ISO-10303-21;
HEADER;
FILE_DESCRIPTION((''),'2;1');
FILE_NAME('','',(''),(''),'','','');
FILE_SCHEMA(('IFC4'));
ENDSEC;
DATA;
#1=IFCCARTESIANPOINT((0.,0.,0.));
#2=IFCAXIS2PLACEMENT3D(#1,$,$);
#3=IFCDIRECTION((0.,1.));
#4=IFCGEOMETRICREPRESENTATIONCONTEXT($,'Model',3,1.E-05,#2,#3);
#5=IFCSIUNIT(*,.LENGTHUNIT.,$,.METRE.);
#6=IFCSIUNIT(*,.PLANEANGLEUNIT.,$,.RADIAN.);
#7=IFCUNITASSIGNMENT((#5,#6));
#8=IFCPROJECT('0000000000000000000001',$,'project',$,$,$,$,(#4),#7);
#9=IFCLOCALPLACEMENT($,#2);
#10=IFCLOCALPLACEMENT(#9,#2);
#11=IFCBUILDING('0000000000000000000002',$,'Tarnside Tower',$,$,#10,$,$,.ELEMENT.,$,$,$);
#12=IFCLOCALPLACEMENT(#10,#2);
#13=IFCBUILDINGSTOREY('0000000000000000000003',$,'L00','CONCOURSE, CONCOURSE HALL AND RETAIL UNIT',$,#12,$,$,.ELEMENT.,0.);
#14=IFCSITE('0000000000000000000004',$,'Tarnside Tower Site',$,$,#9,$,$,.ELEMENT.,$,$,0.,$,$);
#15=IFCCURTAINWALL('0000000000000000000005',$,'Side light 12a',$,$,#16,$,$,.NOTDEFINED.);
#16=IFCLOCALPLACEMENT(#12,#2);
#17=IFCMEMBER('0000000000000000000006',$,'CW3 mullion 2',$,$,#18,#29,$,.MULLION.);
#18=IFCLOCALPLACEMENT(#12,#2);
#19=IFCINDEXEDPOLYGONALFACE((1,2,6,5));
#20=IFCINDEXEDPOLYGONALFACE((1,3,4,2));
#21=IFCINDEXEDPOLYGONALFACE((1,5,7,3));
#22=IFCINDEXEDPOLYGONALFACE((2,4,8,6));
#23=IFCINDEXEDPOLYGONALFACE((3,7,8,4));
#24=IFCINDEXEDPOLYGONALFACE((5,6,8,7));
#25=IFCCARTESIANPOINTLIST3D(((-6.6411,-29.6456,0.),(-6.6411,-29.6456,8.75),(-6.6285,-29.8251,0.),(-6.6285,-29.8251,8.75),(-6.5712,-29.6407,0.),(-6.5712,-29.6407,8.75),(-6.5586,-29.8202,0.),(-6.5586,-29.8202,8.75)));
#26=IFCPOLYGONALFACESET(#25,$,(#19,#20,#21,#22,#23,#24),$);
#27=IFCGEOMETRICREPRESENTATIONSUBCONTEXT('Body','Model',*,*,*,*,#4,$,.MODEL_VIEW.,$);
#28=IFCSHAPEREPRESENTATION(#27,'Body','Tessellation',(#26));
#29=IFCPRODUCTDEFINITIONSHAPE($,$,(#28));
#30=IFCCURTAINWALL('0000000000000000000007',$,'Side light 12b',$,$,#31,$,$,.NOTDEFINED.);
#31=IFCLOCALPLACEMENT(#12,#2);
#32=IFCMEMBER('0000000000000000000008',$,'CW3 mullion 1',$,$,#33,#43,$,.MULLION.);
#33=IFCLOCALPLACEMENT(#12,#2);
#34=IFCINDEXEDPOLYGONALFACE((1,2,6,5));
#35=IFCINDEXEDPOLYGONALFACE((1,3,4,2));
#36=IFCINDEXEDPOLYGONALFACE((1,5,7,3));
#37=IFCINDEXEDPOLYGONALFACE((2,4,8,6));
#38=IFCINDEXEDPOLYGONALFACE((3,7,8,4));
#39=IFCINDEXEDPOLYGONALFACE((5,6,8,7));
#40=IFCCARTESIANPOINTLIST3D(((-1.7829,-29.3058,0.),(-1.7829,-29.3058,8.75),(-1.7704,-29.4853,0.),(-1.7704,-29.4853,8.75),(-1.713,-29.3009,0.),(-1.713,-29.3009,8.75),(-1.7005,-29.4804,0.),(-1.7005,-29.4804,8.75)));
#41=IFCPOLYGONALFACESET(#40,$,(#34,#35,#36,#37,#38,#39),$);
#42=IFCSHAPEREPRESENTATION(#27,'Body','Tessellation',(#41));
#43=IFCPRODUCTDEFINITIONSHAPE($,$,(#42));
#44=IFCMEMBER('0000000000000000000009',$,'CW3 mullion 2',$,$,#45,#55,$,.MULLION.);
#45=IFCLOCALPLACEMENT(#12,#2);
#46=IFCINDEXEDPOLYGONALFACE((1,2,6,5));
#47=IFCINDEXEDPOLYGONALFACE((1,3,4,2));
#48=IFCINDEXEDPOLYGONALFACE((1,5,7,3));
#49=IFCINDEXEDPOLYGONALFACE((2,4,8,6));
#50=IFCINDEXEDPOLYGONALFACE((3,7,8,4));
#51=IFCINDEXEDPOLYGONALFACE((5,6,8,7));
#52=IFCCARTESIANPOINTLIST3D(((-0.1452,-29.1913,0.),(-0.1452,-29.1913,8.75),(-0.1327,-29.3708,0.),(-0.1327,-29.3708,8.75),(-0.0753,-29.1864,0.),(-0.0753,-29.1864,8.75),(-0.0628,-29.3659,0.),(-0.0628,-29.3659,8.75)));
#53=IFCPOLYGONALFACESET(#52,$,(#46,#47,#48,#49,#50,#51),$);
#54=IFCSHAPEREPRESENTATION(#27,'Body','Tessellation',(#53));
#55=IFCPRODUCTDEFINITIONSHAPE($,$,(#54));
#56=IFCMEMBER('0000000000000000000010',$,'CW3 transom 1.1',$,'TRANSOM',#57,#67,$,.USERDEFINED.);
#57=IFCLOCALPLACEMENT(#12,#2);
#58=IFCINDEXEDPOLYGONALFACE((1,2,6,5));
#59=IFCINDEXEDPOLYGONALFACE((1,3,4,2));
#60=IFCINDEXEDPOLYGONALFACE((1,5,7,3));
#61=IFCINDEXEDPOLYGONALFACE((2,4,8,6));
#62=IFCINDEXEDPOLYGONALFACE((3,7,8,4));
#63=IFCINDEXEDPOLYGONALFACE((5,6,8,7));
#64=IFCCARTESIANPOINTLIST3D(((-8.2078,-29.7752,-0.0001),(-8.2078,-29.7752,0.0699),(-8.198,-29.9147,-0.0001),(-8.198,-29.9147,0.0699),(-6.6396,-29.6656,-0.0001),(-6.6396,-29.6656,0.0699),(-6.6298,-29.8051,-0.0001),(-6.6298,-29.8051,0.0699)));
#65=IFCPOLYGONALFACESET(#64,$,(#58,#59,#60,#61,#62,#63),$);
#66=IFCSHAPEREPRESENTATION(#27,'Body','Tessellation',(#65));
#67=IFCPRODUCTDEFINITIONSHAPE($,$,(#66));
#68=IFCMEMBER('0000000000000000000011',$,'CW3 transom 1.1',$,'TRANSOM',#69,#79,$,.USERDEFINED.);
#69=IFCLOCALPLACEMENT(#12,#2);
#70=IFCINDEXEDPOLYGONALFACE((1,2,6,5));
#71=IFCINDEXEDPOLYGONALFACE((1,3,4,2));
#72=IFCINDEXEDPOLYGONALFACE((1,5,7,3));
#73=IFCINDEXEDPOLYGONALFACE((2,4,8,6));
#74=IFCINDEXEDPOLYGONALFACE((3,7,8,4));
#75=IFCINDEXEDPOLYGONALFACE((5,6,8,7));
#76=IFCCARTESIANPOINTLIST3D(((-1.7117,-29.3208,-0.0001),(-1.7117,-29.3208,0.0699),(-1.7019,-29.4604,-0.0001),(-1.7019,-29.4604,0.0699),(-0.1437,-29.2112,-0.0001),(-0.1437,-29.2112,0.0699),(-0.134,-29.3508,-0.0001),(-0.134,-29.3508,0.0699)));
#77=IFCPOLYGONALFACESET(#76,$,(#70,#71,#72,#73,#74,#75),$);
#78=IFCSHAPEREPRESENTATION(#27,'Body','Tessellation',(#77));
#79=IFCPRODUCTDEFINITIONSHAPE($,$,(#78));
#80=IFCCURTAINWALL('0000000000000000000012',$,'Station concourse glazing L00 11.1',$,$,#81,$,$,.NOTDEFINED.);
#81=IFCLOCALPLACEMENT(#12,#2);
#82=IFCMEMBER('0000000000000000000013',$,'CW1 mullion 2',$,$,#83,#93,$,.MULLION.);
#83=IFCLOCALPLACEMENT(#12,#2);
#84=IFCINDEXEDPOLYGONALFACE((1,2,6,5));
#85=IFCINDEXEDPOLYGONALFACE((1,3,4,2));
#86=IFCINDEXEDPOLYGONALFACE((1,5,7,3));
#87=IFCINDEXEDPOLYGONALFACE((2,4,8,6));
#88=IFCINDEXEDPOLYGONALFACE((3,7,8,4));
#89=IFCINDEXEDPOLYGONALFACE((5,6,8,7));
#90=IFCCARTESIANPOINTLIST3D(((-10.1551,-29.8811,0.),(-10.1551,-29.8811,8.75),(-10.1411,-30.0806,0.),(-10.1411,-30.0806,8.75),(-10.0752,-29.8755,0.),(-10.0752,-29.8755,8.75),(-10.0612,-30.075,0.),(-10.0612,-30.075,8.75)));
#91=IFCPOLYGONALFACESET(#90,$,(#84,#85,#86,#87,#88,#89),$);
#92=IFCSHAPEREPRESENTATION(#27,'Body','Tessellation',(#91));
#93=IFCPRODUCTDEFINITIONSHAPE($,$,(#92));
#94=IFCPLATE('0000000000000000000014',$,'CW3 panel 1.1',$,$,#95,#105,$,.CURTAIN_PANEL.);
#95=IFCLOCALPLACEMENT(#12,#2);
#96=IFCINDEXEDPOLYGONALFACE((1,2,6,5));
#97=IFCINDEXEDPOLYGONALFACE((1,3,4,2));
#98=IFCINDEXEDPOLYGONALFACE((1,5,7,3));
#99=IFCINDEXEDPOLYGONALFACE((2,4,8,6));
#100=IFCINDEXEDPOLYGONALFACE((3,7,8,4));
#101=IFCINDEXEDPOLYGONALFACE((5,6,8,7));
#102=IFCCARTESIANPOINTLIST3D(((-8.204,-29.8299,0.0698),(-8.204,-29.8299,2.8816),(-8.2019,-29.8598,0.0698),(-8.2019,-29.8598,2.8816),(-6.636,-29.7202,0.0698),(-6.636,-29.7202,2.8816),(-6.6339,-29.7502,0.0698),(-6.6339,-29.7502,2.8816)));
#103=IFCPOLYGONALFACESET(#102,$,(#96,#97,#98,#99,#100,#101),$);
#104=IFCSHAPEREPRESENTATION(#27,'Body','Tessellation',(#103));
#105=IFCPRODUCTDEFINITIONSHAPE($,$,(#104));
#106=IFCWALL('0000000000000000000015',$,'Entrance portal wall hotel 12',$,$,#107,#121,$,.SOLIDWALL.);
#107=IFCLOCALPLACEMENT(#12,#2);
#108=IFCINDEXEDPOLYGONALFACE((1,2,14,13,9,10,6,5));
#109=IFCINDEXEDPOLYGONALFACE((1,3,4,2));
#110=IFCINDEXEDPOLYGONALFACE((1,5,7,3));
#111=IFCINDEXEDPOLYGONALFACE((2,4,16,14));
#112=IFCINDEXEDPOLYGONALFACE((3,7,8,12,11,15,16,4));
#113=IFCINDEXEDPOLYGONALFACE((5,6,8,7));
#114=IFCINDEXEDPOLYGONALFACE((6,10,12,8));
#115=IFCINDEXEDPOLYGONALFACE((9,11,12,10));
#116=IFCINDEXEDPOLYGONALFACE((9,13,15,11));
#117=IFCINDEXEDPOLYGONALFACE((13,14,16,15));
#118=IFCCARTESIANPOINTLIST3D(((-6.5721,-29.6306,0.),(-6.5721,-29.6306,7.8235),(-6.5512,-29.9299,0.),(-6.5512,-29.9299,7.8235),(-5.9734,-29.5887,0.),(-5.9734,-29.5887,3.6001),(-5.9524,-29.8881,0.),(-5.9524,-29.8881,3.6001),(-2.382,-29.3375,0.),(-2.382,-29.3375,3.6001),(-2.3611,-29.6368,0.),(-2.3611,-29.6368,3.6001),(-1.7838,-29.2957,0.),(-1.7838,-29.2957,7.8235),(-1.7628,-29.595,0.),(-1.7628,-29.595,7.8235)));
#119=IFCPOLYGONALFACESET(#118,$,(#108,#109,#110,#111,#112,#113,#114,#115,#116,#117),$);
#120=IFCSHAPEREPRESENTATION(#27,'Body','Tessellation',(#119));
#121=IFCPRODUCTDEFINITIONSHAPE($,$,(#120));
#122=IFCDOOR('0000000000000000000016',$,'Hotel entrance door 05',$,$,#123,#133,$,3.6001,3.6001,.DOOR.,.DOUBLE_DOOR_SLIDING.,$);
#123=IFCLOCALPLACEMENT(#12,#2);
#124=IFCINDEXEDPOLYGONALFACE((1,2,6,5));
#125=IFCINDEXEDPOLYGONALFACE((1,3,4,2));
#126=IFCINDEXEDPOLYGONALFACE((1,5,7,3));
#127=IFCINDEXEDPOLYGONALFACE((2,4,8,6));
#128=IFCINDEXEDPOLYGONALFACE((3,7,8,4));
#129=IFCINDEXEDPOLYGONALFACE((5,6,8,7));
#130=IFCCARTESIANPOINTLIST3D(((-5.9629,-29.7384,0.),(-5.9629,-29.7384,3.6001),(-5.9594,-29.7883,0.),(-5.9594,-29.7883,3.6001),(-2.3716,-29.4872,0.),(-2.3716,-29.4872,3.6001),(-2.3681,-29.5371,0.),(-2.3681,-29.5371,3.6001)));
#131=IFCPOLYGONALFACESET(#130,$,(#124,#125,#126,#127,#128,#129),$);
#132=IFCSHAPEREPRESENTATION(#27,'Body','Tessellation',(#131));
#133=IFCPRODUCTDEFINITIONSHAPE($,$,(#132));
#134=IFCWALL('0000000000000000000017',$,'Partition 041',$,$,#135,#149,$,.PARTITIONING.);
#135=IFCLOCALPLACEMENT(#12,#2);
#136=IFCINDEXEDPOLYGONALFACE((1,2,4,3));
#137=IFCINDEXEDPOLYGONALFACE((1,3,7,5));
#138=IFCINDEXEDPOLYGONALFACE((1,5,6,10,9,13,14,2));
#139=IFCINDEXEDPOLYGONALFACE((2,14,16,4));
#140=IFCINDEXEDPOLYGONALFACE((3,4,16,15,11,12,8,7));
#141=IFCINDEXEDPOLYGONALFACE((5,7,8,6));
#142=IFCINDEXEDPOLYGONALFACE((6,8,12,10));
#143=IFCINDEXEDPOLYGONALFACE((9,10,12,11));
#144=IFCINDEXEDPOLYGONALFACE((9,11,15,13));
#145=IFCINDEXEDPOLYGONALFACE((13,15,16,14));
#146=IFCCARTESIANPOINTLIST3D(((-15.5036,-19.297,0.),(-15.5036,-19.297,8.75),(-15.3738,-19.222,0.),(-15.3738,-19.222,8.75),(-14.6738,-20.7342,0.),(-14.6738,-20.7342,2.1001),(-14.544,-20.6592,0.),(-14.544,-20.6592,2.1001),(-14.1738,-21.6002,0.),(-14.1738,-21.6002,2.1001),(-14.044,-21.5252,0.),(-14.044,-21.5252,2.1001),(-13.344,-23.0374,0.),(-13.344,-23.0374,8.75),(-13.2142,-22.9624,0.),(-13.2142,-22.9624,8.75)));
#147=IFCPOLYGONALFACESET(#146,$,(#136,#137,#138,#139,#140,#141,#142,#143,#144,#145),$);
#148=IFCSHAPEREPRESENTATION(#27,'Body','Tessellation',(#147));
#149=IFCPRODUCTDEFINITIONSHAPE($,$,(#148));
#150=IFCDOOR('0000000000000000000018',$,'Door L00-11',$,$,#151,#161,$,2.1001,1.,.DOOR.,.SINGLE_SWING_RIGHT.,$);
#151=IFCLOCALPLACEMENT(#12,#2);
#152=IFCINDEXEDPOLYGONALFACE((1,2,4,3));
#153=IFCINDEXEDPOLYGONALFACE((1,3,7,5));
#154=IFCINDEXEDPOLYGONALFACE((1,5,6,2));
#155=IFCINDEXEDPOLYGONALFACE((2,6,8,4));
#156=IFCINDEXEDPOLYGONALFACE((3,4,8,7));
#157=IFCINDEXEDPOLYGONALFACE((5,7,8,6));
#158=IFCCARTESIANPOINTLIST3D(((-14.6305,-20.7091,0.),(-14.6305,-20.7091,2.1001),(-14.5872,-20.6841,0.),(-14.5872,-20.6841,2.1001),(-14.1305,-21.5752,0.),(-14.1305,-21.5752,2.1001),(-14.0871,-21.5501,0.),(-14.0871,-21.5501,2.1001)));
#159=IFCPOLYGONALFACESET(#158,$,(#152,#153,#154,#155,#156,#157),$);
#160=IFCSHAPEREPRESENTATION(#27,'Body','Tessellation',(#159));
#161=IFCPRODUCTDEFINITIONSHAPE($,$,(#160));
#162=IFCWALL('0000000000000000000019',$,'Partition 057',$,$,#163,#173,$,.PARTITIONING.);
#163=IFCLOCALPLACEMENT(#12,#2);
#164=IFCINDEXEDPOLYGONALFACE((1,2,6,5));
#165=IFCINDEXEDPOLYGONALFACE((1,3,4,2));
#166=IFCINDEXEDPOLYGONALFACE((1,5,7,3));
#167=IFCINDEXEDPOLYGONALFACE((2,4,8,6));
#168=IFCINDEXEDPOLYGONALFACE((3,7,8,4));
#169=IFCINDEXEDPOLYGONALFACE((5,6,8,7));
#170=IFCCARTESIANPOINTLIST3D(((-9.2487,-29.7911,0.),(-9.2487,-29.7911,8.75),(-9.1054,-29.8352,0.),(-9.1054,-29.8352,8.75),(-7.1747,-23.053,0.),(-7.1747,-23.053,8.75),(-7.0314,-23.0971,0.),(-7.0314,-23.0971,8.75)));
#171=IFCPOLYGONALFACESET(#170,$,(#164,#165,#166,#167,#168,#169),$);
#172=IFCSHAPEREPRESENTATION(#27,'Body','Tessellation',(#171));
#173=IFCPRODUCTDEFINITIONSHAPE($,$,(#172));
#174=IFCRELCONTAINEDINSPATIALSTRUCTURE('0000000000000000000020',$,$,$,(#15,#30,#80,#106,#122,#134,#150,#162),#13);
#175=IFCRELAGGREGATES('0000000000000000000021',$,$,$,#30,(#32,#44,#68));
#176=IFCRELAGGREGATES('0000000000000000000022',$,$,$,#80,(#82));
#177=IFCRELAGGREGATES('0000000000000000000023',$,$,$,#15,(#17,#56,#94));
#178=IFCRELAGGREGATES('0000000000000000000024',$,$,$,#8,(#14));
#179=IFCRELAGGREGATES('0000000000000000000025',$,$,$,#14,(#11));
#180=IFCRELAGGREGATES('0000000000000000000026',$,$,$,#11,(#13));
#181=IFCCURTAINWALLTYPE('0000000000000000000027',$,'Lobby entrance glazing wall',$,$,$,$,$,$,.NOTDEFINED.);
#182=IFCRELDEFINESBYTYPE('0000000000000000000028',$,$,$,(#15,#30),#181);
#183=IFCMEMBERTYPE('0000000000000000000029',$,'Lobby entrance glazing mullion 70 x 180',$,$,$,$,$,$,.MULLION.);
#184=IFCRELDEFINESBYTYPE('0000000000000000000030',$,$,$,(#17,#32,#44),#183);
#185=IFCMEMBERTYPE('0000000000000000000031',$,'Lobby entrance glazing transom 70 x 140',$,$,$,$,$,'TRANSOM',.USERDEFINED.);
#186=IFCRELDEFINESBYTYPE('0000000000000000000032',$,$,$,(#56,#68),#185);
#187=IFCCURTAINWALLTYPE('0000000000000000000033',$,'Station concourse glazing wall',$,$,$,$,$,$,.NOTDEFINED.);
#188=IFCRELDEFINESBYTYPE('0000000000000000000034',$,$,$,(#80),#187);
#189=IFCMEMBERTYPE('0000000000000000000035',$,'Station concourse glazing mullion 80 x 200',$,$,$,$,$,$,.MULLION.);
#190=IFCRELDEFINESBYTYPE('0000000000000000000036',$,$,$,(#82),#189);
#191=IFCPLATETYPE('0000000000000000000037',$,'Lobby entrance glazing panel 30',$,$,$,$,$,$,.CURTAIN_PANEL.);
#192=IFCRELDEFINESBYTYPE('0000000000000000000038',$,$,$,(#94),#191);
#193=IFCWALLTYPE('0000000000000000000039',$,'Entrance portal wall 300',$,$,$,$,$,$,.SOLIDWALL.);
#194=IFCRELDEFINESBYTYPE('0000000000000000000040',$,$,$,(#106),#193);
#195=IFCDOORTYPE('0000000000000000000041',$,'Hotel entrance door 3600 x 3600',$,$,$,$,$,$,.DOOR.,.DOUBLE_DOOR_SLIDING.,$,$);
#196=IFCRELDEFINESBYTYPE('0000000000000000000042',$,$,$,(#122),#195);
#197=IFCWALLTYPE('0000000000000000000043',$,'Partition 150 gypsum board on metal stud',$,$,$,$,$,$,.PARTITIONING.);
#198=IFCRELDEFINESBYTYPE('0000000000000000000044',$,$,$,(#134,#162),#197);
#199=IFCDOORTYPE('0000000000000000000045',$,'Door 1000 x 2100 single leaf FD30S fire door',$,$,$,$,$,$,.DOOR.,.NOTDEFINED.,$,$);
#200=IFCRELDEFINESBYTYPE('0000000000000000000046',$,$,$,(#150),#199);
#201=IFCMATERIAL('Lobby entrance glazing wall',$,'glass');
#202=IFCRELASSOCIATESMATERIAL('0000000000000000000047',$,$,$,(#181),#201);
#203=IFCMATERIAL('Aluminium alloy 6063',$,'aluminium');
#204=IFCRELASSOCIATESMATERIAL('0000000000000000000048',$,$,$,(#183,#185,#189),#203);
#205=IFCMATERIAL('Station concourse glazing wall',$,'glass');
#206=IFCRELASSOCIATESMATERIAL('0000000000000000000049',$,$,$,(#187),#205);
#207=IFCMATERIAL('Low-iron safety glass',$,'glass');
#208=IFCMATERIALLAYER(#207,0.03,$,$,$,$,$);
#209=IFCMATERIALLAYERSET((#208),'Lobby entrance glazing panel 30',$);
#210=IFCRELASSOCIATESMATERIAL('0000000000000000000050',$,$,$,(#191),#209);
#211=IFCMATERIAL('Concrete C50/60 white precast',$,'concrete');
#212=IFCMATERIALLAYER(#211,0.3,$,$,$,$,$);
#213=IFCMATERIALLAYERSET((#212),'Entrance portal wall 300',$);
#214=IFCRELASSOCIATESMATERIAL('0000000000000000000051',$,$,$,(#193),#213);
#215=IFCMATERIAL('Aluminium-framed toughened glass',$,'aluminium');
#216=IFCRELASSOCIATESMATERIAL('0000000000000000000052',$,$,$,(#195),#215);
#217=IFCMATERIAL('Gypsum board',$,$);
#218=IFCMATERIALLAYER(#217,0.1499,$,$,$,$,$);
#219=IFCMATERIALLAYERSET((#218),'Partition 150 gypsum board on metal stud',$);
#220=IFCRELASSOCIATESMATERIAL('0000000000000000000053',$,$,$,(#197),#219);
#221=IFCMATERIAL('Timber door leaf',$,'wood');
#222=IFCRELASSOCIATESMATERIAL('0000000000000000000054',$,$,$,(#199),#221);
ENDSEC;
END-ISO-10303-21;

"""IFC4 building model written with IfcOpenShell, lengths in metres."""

from ifc_helpers import new_model, si_unit, direction, frame, frame_2d, origin, origin_2d, place, context, subcontext, project, spatial, rectangle, extrude, material, layer, layer_set, material_profile, profile_set, type_object, element, fill, aggregate, save


model = new_model("IFC4")

# Units and contexts
model_context = context("Model", 3, precision=1e-05, world=origin(), true_north=direction((0.0, 1.0)))
body_context = subcontext(model_context, "Body", "Model", "MODEL_VIEW")
ifc_project = project(units=[si_unit("LENGTHUNIT", "METRE"), si_unit("PLANEANGLEUNIT", "RADIAN")], contexts=[model_context])

# Site, building, storey
site_placement = place(None, origin())
site = spatial("IfcSite", under=ifc_project, at=site_placement, Name="Tarnside Tower Site", CompositionType="ELEMENT", RefElevation=0.0)
building_placement = place(site_placement, origin())
building = spatial("IfcBuilding", under=site, at=building_placement, Name="Tarnside Tower", CompositionType="ELEMENT")
storey_placement = place(building_placement, origin())
storey = spatial("IfcBuildingStorey", under=building, at=storey_placement, Name="L00", Description="CONCOURSE, CONCOURSE HALL AND RETAIL UNIT", CompositionType="ELEMENT", Elevation=0.0)

# Curtain walls, members
ifc_material_1 = material(Name="Lobby entrance glazing wall", Category="glass")
curtain_wall_type_1 = type_object("IfcCurtainWallType", Name="Lobby entrance glazing wall", PredefinedType="NOTDEFINED", material=ifc_material_1)
curtain_wall_1_placement = place(storey_placement, origin())
curtain_wall_1 = element("IfcCurtainWall", 1, at=curtain_wall_1_placement, inside=storey, type_object=curtain_wall_type_1, Name="Side light 12a", PredefinedType="NOTDEFINED")
ifc_material_2 = material(Name="Aluminium alloy 6063", Category="aluminium")
ifc_material_profile_1 = material_profile(ifc_material_2, rectangle(XDim=0.1799, YDim=0.0701, at=origin_2d()), Name="Lobby entrance glazing mullion 70 x 180")
ifc_profile_set_1 = profile_set([ifc_material_profile_1], Name="Aluminium alloy 6063")
member_type_1 = type_object("IfcMemberType", Name="Lobby entrance glazing mullion 70 x 180", PredefinedType="MULLION", material=ifc_profile_set_1)
member_1_placement = place(storey_placement, frame((-6.5999, -29.7329, 0.0), z_axis=(0.0, 0.0, 1.0), x_axis=(-0.069756, 0.997564, 0.0)))
member_1 = element("IfcMember", 2, at=member_1_placement, type_object=member_type_1, Name="CW3 mullion 2", PredefinedType="MULLION", context=body_context, shape_type="SweptSolid", body=[
    extrude(rectangle(XDim=0.1799, YDim=0.0701, at=origin_2d()), origin(), (0.0, 0.0, 1.0), 8.75),
])
curtain_wall_2_placement = place(storey_placement, origin())
curtain_wall_2 = element("IfcCurtainWall", 3, at=curtain_wall_2_placement, inside=storey, type_object=curtain_wall_type_1, Name="Side light 12b", PredefinedType="NOTDEFINED")
member_2_placement = place(storey_placement, frame((-1.7417, -29.3931, 0.0), z_axis=(0.0, 0.0, 1.0), x_axis=(-0.069756, 0.997564, 0.0)))
member_2 = element("IfcMember", 4, at=member_2_placement, type_object=member_type_1, Name="CW3 mullion 1", PredefinedType="MULLION", context=body_context, shape_type="SweptSolid", body=[
    extrude(rectangle(XDim=0.1799, YDim=0.0701, at=origin_2d()), origin(), (0.0, 0.0, 1.0), 8.75),
])
member_3_placement = place(storey_placement, frame((-0.104, -29.2786, 0.0), z_axis=(0.0, 0.0, 1.0), x_axis=(-0.069756, 0.997564, 0.0)))
member_3 = element("IfcMember", 5, at=member_3_placement, type_object=member_type_1, Name="CW3 mullion 2", PredefinedType="MULLION", context=body_context, shape_type="SweptSolid", body=[
    extrude(rectangle(XDim=0.1799, YDim=0.0701, at=origin_2d()), origin(), (0.0, 0.0, 1.0), 8.75),
])

# Members
ifc_material_profile_2 = material_profile(ifc_material_2, rectangle(XDim=0.1399, YDim=0.0701, at=origin_2d()), Name="Lobby entrance glazing transom 70 x 140")
ifc_profile_set_2 = profile_set([ifc_material_profile_2], Name="Aluminium alloy 6063")
member_type_2 = type_object("IfcMemberType", Name="Lobby entrance glazing transom 70 x 140", ElementType="TRANSOM", PredefinedType="USERDEFINED", material=ifc_profile_set_2)
member_4_placement = place(storey_placement, frame((-8.2029, -29.845, 0.0349), z_axis=(0.997566, 0.069735, 0.0), x_axis=(-0.069735, 0.997566, 0.0)))
member_4 = element("IfcMember", 6, at=member_4_placement, type_object=member_type_2, Name="CW3 transom 1.1", ObjectType="TRANSOM", PredefinedType="USERDEFINED", context=body_context, shape_type="SweptSolid", body=[
    extrude(rectangle(XDim=0.1399, YDim=0.0701, at=origin_2d()), origin(), (0.0, 0.0, 1.0), 1.572),
])
member_5_placement = place(storey_placement, frame((-1.7068, -29.3906, 0.0349), z_axis=(0.997565, 0.069746, 0.0), x_axis=(-0.069746, 0.997565, 0.0)))
member_5 = element("IfcMember", 7, at=member_5_placement, type_object=member_type_2, Name="CW3 transom 1.1", ObjectType="TRANSOM", PredefinedType="USERDEFINED", context=body_context, shape_type="SweptSolid", body=[
    extrude(rectangle(XDim=0.1399, YDim=0.0701, at=origin_2d()), origin(), (0.0, 0.0, 1.0), 1.5718),
])
aggregate(curtain_wall_2, [member_2, member_3, member_5])

# Curtain wall, member
ifc_material_3 = material(Name="Station concourse glazing wall", Category="glass")
curtain_wall_type_2 = type_object("IfcCurtainWallType", Name="Station concourse glazing wall", PredefinedType="NOTDEFINED", material=ifc_material_3)
curtain_wall_3_placement = place(storey_placement, origin())
curtain_wall_3 = element("IfcCurtainWall", 8, at=curtain_wall_3_placement, inside=storey, type_object=curtain_wall_type_2, Name="Station concourse glazing L00 11.1", PredefinedType="NOTDEFINED")
ifc_material_profile_3 = material_profile(ifc_material_2, rectangle(XDim=0.2, YDim=0.0801, at=origin_2d()), Name="Station concourse glazing mullion 80 x 200")
ifc_profile_set_3 = profile_set([ifc_material_profile_3], Name="Aluminium alloy 6063")
member_type_3 = type_object("IfcMemberType", Name="Station concourse glazing mullion 80 x 200", PredefinedType="MULLION", material=ifc_profile_set_3)
member_6_placement = place(storey_placement, frame((-10.1082, -29.978, 0.0), z_axis=(0.0, 0.0, 1.0), x_axis=(-0.069756, 0.997564, 0.0)))
member_6 = element("IfcMember", 9, at=member_6_placement, type_object=member_type_3, Name="CW1 mullion 2", PredefinedType="MULLION", context=body_context, shape_type="SweptSolid", body=[
    extrude(rectangle(XDim=0.2, YDim=0.0801, at=origin_2d()), origin(), (0.0, 0.0, 1.0), 8.75),
])
aggregate(curtain_wall_3, [member_6])

# Plate
ifc_material_4 = material(Name="Low-iron safety glass", Category="glass")
ifc_layer_1 = layer(ifc_material_4, 0.03)
ifc_layer_set_1 = layer_set([ifc_layer_1], Name="Lobby entrance glazing panel 30")
plate_type = type_object("IfcPlateType", Name="Lobby entrance glazing panel 30", PredefinedType="CURTAIN_PANEL", material=ifc_layer_set_1)
plate_placement = place(storey_placement, frame((-7.4189, -29.79, 0.0698), z_axis=(0.0, 0.0, 1.0), x_axis=(0.997564, 0.069756, 0.0)))
plate = element("IfcPlate", 10, at=plate_placement, type_object=plate_type, Name="CW3 panel 1.1", PredefinedType="CURTAIN_PANEL", context=body_context, shape_type="SweptSolid", body=[
    extrude(rectangle(XDim=1.5718, YDim=0.03, at=origin_2d()), origin(), (0.0, 0.0, 1.0), 2.8118),
])
aggregate(curtain_wall_1, [member_1, member_4, plate])

# Walls, openings, doors
ifc_material_5 = material(Name="Concrete C50/60 white precast", Category="concrete")
ifc_layer_2 = layer(ifc_material_5, 0.3)
ifc_layer_set_2 = layer_set([ifc_layer_2], Name="Entrance portal wall 300")
wall_type_1 = type_object("IfcWallType", Name="Entrance portal wall 300", PredefinedType="SOLIDWALL", material=ifc_layer_set_2)
wall_1_placement = place(storey_placement, frame((-6.5615, -29.7803, 0.0), z_axis=(0.0, 0.0, 1.0), x_axis=(0.997562, 0.069783, 0.0)))
wall_1 = element("IfcWall", 11, at=wall_1_placement, inside=storey, type_object=wall_type_1, Name="Entrance portal wall hotel 12", PredefinedType="SOLIDWALL", context=body_context, shape_type="SweptSolid", body=[
    extrude(rectangle(XDim=4.8, YDim=0.3, at=frame_2d((2.3999, 0.0))), origin(), (0.0, 0.0, 1.0), 7.8235),
])
opening_1_placement = place(wall_1_placement, frame((0.6001, 0.0, 0.0)))
opening_1 = element("IfcOpeningElement", 12, at=opening_1_placement, cuts=wall_1, PredefinedType="OPENING", context=body_context, shape_type="SweptSolid", body=[
    extrude(rectangle(XDim=3.6001, YDim=3.6001, at=frame_2d((1.8, 1.8))), frame((0.0, 0.1602, 0.0), z_axis=(0.0, -1.0, 0.0), x_axis=(1.0, 0.0, 0.0)), (0.0, 0.0, 1.0), 0.3201),
])
ifc_material_6 = material(Name="Aluminium-framed toughened glass", Category="aluminium")
door_type_1 = type_object("IfcDoorType", Name="Hotel entrance door 3600 x 3600", OperationType="DOUBLE_DOOR_SLIDING", PredefinedType="DOOR", material=ifc_material_6)
door_1_placement = place(opening_1_placement, frame((0.0, -0.0249, 0.0)))
door_1 = element("IfcDoor", 13, at=door_1_placement, inside=storey, type_object=door_type_1, Name="Hotel entrance door 05", OperationType="DOUBLE_DOOR_SLIDING", OverallHeight=3.6001, OverallWidth=3.6001, PredefinedType="DOOR", context=body_context, shape_type="SweptSolid", body=[
    extrude(rectangle(XDim=3.6001, YDim=3.6001, at=frame_2d((1.8, 1.8))), frame((0.0, 0.0249, 0.0), z_axis=(0.0, -1.0, 0.0), x_axis=(1.0, 0.0, 0.0)), (0.0, 0.0, 1.0), 0.05),
])
fill(opening_1, door_1)
ifc_material_7 = material(Name="Gypsum board")
ifc_layer_3 = layer(ifc_material_7, 0.1499)
ifc_layer_set_3 = layer_set([ifc_layer_3], Name="Partition 150 gypsum board on metal stud")
wall_type_2 = type_object("IfcWallType", Name="Partition 150 gypsum board on metal stud", PredefinedType="PARTITIONING", material=ifc_layer_set_3)
wall_2_placement = place(storey_placement, frame((-13.2791, -23.0, 0.0), z_axis=(0.0, 0.0, 1.0), x_axis=(-0.500018, 0.866015, 0.0)))
wall_2 = element("IfcWall", 14, at=wall_2_placement, inside=storey, type_object=wall_type_2, Name="Partition 041", PredefinedType="PARTITIONING", context=body_context, shape_type="SweptSolid", body=[
    extrude(rectangle(XDim=4.3191, YDim=0.1499, at=frame_2d((2.1597, 0.0))), origin(), (0.0, 0.0, 1.0), 8.75),
])
opening_2_placement = place(wall_2_placement, frame((1.6597, 0.0, 0.0)))
opening_2 = element("IfcOpeningElement", 15, at=opening_2_placement, cuts=wall_2, PredefinedType="OPENING", context=body_context, shape_type="SweptSolid", body=[
    extrude(rectangle(XDim=1.0, YDim=2.1001, at=frame_2d((0.5, 1.05))), frame((0.0, 0.085, 0.0), z_axis=(0.0, -1.0, 0.0), x_axis=(1.0, 0.0, 0.0)), (0.0, 0.0, 1.0), 0.1699),
])
ifc_material_8 = material(Name="Timber door leaf", Category="wood")
door_type_2 = type_object("IfcDoorType", Name="Door 1000 x 2100 single leaf FD30S fire door", OperationType="NOTDEFINED", PredefinedType="DOOR", material=ifc_material_8)
door_2_placement = place(opening_2_placement, origin())
door_2 = element("IfcDoor", 16, at=door_2_placement, inside=storey, type_object=door_type_2, Name="Door L00-11", OperationType="SINGLE_SWING_RIGHT", OverallHeight=2.1001, OverallWidth=1.0, PredefinedType="DOOR", context=body_context, shape_type="SweptSolid", body=[
    extrude(rectangle(XDim=1.0, YDim=2.1001, at=frame_2d((0.5, 1.05))), frame((0.0, 0.0249, 0.0), z_axis=(0.0, -1.0, 0.0), x_axis=(1.0, 0.0, 0.0)), (0.0, 0.0, 1.0), 0.05),
])
fill(opening_2, door_2)

# Wall
wall_3_placement = place(storey_placement, frame((-9.177, -29.813, 0.0), z_axis=(0.0, 0.0, 1.0), x_axis=(0.294181, 0.95575, 0.0)))
element("IfcWall", 17, at=wall_3_placement, inside=storey, type_object=wall_type_2, Name="Partition 057", PredefinedType="PARTITIONING", context=body_context, shape_type="SweptSolid", body=[
    extrude(rectangle(XDim=7.05, YDim=0.1499, at=frame_2d((3.5249, 0.0))), origin(), (0.0, 0.0, 1.0), 8.75),
])

save(model, "model.ifc")
